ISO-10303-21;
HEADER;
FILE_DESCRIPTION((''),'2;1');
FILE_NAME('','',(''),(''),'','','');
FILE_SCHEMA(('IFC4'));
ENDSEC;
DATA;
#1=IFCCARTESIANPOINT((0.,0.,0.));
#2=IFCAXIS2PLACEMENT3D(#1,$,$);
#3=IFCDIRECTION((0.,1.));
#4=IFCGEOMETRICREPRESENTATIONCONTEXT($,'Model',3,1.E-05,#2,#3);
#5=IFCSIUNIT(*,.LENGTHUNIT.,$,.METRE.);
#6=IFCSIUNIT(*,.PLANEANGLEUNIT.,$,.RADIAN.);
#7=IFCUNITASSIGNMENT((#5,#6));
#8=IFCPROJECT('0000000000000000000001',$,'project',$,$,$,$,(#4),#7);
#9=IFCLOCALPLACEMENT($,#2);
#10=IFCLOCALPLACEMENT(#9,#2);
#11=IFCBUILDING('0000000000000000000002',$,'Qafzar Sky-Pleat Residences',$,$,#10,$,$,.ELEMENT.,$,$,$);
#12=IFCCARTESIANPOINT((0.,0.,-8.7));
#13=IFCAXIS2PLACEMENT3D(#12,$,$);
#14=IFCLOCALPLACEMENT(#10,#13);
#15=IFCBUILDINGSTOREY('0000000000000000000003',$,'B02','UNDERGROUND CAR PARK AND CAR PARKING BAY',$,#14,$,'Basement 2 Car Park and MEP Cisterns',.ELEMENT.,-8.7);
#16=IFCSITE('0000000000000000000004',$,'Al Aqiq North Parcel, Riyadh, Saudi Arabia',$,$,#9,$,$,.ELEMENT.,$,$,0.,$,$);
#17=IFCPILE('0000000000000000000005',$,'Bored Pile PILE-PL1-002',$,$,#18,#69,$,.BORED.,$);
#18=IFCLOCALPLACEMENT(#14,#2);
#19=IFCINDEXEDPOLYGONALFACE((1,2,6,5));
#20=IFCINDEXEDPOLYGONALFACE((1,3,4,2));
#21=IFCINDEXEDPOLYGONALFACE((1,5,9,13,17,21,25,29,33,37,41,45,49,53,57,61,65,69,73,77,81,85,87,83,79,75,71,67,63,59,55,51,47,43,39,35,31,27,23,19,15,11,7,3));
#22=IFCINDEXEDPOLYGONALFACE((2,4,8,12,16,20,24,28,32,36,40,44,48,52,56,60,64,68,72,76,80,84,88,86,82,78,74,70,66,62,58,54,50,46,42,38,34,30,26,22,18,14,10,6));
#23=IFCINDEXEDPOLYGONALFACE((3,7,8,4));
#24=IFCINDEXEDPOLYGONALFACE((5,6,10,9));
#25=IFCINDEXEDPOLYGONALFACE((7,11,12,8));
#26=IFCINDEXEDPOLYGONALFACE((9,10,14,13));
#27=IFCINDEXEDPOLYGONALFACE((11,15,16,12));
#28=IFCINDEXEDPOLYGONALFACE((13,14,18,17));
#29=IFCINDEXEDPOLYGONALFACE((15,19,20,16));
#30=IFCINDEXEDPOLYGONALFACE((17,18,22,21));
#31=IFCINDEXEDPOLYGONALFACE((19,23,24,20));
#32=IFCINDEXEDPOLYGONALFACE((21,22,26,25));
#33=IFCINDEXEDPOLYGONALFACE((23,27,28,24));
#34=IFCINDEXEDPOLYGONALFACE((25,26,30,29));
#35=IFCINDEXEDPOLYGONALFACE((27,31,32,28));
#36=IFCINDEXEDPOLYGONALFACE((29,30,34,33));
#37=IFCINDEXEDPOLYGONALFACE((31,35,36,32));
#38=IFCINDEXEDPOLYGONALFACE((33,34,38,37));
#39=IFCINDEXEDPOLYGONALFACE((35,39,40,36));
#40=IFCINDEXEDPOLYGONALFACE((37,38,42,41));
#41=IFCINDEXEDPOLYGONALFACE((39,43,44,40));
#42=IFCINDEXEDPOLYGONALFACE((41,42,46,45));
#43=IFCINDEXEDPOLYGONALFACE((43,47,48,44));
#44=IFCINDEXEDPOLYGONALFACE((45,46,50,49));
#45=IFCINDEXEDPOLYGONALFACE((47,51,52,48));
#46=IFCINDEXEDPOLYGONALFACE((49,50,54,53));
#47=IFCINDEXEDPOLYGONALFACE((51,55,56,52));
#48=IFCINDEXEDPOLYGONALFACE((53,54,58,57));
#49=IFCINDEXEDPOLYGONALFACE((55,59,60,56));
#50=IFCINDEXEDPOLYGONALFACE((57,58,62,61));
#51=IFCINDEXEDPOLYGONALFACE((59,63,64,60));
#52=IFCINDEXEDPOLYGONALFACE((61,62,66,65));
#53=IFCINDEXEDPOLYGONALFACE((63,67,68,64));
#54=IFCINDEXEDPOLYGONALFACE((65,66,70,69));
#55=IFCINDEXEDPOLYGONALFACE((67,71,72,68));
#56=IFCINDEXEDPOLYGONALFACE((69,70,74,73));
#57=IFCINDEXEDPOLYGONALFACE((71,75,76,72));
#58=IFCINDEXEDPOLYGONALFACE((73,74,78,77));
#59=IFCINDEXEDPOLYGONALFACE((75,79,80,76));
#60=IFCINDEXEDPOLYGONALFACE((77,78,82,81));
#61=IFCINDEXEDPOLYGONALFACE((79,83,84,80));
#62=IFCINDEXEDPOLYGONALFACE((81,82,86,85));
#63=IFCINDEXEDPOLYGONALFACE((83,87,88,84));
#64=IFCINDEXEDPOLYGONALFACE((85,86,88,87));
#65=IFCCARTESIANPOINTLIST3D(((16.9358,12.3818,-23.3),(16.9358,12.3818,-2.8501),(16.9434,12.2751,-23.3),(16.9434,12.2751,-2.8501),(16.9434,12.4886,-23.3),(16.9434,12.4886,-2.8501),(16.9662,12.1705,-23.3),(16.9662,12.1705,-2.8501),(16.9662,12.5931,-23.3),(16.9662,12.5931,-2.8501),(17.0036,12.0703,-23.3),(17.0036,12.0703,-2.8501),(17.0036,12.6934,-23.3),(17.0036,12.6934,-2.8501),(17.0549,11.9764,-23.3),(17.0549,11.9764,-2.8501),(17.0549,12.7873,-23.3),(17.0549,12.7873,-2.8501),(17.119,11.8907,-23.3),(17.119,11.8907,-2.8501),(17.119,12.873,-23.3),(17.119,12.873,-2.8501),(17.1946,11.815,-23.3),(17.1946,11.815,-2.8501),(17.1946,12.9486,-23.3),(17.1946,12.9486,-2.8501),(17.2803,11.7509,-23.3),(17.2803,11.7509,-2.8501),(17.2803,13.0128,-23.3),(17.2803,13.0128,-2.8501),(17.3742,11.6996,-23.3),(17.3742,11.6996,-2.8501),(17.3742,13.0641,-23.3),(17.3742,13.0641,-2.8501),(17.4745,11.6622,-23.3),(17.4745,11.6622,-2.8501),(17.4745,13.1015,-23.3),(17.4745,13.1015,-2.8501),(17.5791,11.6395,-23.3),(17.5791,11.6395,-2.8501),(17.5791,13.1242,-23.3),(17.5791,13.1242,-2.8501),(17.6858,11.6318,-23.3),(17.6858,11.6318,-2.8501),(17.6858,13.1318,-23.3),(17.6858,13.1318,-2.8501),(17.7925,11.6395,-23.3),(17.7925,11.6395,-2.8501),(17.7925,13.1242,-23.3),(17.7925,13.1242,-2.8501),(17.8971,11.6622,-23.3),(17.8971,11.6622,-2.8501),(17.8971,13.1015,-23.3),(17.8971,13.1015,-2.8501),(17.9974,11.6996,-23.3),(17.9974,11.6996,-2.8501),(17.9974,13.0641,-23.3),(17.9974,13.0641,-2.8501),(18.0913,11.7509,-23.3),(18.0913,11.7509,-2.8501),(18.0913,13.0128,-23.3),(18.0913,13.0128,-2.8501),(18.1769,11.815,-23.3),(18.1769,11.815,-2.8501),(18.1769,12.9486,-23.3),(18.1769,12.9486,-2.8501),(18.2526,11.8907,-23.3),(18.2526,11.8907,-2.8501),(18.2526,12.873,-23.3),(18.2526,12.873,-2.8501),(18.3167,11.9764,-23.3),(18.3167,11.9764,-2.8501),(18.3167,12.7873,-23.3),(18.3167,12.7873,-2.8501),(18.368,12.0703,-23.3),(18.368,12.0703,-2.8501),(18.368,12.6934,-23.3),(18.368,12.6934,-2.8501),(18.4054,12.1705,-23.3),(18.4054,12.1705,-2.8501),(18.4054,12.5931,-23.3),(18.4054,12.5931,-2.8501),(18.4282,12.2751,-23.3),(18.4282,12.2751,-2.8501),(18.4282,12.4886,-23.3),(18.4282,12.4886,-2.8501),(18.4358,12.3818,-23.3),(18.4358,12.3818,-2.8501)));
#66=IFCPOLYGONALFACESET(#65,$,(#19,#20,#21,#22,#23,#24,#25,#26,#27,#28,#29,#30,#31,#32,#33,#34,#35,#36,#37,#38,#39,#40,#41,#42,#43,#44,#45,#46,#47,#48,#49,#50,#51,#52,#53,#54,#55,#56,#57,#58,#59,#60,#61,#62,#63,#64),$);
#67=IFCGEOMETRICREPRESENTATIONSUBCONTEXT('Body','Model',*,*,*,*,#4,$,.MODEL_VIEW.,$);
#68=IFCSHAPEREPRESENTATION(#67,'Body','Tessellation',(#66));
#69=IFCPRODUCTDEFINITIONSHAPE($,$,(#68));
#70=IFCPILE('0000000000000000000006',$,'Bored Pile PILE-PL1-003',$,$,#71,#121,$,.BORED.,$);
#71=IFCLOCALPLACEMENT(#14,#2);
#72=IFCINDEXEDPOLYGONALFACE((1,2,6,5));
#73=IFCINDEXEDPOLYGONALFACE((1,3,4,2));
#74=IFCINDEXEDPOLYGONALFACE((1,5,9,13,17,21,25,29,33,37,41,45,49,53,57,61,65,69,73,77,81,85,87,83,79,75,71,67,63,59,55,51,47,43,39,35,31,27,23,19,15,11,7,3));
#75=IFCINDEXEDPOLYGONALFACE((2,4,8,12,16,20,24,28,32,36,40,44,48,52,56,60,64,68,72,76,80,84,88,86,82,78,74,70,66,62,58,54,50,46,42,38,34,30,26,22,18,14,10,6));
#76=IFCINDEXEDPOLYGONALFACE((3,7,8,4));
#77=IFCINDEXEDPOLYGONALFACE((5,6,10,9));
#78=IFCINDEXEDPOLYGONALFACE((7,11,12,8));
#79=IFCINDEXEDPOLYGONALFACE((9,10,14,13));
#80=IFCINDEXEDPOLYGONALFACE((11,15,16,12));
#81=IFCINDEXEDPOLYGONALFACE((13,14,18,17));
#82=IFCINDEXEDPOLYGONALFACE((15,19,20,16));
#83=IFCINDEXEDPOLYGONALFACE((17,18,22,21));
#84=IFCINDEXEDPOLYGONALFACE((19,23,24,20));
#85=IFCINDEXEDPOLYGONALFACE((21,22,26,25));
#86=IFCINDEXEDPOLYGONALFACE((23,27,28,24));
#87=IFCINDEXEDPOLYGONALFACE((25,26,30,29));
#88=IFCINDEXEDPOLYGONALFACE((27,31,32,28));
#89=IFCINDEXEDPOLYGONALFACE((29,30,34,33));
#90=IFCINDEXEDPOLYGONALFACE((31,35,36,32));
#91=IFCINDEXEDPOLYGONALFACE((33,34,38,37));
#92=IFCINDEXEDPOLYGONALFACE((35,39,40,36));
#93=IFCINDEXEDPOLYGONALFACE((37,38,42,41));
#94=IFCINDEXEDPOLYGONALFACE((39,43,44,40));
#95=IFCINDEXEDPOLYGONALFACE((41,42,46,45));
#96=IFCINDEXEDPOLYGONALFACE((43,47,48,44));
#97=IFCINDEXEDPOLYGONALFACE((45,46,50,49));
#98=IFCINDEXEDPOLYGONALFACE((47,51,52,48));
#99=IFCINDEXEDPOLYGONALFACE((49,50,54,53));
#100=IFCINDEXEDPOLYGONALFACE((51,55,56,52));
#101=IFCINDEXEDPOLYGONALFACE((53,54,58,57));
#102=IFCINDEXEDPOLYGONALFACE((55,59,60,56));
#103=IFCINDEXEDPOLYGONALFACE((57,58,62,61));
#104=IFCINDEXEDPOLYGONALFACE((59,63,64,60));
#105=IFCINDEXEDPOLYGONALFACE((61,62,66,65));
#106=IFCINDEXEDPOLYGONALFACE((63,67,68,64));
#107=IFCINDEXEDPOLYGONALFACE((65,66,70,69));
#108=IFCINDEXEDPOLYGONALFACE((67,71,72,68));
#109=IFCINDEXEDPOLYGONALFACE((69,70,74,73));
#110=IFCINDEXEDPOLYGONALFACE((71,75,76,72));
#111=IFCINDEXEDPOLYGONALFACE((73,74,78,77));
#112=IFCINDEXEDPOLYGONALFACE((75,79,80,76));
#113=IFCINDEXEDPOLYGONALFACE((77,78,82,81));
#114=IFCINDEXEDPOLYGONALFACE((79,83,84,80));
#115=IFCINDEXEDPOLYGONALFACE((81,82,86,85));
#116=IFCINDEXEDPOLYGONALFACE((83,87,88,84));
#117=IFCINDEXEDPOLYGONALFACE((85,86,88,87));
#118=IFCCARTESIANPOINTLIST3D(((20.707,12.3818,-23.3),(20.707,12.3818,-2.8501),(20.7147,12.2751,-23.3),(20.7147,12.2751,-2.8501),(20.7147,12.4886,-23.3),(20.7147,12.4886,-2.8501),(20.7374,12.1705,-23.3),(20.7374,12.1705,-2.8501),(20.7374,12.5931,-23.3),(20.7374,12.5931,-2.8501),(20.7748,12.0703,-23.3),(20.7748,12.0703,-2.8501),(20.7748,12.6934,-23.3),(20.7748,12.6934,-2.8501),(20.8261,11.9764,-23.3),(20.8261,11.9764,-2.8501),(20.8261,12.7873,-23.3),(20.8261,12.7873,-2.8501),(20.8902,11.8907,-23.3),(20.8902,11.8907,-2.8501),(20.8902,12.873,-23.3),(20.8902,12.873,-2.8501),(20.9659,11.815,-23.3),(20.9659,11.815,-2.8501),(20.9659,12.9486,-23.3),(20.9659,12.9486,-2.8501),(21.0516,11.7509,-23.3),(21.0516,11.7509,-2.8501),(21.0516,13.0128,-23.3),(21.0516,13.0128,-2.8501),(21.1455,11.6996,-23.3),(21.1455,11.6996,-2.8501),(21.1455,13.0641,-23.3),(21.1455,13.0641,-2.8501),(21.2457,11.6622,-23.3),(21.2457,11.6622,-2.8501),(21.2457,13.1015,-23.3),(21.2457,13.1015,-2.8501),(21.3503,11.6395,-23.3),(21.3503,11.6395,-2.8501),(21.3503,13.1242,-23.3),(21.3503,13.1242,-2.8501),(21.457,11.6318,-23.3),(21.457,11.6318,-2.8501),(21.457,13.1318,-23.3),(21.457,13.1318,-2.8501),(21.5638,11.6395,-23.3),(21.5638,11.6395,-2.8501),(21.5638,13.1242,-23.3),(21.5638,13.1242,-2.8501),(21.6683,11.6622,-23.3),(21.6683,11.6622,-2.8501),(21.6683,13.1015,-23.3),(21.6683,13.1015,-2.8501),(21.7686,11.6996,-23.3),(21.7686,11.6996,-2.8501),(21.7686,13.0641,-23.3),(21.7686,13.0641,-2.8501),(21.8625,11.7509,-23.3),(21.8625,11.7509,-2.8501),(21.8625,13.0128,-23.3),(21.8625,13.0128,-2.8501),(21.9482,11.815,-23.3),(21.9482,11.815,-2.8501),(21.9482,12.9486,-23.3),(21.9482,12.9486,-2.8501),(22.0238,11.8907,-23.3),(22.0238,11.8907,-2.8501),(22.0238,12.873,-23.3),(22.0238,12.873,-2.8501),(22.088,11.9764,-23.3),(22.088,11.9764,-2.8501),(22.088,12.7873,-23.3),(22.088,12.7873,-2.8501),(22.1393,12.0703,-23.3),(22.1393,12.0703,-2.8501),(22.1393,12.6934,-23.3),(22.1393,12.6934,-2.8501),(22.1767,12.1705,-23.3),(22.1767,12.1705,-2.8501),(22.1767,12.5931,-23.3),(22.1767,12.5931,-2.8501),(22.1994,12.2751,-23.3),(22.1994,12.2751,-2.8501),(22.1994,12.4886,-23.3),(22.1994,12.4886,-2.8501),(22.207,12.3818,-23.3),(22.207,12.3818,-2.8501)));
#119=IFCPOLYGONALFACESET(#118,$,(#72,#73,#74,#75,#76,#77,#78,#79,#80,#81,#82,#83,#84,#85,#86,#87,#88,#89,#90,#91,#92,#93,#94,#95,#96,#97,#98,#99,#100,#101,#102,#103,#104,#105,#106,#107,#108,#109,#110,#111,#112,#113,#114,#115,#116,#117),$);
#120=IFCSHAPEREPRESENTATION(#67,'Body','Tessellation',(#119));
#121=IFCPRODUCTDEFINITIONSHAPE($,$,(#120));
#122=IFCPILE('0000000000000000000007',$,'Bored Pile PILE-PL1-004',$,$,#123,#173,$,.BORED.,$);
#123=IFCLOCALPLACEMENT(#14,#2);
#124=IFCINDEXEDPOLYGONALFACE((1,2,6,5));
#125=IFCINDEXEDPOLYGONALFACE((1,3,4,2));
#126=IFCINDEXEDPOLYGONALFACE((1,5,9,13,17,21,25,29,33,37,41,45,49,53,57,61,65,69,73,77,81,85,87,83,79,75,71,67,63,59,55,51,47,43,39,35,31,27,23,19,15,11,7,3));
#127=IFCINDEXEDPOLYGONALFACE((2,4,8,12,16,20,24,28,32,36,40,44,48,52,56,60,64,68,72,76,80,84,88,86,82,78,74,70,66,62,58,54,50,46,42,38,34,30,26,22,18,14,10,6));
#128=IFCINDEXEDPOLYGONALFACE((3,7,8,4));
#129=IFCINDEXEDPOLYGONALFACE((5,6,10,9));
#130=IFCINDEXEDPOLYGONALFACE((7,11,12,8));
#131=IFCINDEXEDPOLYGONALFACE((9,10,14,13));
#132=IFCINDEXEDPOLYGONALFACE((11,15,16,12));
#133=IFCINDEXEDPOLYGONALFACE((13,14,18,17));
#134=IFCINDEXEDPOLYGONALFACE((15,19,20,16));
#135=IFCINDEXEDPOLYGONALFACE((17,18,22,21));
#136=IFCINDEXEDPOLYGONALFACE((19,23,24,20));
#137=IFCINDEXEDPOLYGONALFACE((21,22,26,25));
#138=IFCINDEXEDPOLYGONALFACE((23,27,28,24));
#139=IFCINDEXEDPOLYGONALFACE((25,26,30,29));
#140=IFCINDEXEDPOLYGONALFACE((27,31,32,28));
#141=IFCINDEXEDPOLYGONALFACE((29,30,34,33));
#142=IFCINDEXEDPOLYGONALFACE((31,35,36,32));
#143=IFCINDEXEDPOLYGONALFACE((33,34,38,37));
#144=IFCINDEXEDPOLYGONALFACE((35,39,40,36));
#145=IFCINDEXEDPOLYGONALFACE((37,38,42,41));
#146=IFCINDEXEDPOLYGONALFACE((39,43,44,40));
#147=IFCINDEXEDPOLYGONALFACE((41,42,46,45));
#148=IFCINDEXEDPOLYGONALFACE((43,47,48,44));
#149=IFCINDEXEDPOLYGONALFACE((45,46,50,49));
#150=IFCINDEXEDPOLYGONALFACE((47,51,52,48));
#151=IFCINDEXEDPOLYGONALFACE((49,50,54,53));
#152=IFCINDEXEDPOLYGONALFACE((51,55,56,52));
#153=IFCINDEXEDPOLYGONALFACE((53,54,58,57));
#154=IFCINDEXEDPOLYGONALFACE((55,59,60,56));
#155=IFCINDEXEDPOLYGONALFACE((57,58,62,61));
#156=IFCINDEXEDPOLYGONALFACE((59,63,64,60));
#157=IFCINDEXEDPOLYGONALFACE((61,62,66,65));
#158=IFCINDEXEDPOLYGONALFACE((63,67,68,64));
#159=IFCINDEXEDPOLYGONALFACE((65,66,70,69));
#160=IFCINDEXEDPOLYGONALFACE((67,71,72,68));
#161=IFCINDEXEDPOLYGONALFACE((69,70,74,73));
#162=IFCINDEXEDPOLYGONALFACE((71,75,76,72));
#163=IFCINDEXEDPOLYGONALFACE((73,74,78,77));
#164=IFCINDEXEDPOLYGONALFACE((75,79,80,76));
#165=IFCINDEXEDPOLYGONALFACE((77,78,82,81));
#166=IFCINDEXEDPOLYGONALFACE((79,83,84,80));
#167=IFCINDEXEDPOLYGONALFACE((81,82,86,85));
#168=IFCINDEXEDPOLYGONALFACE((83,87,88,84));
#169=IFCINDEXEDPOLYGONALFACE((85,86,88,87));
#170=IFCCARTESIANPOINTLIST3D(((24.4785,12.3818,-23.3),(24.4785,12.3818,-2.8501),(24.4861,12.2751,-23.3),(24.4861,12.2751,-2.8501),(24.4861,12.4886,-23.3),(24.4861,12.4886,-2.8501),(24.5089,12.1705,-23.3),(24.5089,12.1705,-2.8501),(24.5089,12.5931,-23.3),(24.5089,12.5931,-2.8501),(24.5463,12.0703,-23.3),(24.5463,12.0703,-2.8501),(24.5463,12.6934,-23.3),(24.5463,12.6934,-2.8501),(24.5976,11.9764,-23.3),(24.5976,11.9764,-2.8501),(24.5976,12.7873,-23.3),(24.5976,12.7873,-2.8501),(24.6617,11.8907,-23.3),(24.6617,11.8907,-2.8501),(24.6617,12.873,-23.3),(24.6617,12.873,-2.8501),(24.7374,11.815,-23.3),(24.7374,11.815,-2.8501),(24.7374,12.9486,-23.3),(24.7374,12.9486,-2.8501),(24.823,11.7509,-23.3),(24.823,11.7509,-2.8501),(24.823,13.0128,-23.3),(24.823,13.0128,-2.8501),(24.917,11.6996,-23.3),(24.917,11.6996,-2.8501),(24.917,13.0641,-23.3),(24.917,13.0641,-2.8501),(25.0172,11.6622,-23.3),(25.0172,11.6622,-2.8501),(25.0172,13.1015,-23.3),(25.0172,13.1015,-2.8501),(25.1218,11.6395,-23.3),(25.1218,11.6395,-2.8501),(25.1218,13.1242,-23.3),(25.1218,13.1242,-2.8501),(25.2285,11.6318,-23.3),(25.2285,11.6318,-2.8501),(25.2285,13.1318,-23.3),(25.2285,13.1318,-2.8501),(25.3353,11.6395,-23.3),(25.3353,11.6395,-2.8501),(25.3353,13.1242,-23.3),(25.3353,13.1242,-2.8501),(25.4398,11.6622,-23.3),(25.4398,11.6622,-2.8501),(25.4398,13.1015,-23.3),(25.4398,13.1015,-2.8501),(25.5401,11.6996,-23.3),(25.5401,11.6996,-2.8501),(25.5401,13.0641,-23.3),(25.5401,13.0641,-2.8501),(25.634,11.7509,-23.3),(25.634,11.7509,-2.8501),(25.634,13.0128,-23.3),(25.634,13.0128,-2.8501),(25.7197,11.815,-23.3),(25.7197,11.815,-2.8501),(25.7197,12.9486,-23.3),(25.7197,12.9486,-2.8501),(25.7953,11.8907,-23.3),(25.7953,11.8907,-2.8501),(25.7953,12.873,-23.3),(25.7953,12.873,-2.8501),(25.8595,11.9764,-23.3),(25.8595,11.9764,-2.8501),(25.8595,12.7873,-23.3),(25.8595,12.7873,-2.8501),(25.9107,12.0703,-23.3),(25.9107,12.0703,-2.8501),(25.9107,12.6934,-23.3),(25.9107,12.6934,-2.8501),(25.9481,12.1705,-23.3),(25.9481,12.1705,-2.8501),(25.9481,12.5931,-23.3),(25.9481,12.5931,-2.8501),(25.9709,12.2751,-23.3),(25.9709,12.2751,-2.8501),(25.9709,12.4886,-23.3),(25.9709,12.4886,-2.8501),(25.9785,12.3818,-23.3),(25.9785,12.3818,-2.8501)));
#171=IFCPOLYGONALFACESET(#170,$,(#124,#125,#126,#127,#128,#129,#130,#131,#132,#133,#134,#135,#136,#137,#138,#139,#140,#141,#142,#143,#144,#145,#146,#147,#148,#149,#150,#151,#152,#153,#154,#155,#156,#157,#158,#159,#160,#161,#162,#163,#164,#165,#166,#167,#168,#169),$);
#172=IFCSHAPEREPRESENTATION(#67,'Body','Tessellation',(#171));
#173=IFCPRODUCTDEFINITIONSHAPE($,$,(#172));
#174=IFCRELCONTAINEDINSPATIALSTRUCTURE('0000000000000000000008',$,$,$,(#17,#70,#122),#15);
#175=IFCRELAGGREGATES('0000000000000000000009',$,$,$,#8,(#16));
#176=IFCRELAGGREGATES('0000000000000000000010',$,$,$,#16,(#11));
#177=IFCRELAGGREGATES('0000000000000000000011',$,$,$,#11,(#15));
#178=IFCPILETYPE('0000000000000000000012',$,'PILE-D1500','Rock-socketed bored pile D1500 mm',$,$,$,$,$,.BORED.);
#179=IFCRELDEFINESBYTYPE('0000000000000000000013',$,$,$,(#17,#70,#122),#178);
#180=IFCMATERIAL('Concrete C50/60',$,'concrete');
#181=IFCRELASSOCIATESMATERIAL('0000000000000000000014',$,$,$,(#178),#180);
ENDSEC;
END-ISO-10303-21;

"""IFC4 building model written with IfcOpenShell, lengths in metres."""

from ifc_helpers import new_model, si_unit, direction, frame, origin, origin_2d, place, context, subcontext, project, spatial, circle, extrude, source, transform, mapped, material, material_profile, profile_set, type_object, element, save


model = new_model("IFC4")

# Units and contexts
model_context = context("Model", 3, precision=1e-05, world=origin(), true_north=direction((0.0, 1.0)))
body_context = subcontext(model_context, "Body", "Model", "MODEL_VIEW")
ifc_project = project(units=[si_unit("LENGTHUNIT", "METRE"), si_unit("PLANEANGLEUNIT", "RADIAN")], contexts=[model_context])

# Site, building, storey
site_placement = place(None, origin())
site = spatial("IfcSite", under=ifc_project, at=site_placement, Name="Al Aqiq North Parcel, Riyadh, Saudi Arabia", CompositionType="ELEMENT", RefElevation=0.0)
building_placement = place(site_placement, origin())
building = spatial("IfcBuilding", under=site, at=building_placement, Name="Qafzar Sky-Pleat Residences", CompositionType="ELEMENT")
storey_placement = place(building_placement, frame((0.0, 0.0, -8.7)))
storey = spatial("IfcBuildingStorey", under=building, at=storey_placement, Name="B02", Description="UNDERGROUND CAR PARK AND CAR PARKING BAY", LongName="Basement 2 Car Park and MEP Cisterns", CompositionType="ELEMENT", Elevation=-8.7)

# Piles
ifc_material_1 = material(Name="Concrete C50/60", Category="concrete")
ifc_material_profile_1 = material_profile(ifc_material_1, circle(Radius=0.75, at=origin_2d()), Name="PILE D1500")
ifc_profile_set_1 = profile_set([ifc_material_profile_1], Name="Concrete C50/60")
pile_type_1 = type_object("IfcPileType", Name="PILE-D1500", Description="Rock-socketed bored pile D1500 mm", PredefinedType="BORED", material=ifc_profile_set_1)
shared_shape_1 = source(origin(), body_context, "Body", "SweptSolid", [
    extrude(circle(Radius=0.75, at=origin_2d()), origin(), (0.0, 0.0, 1.0), 20.45),
])
for number, where, z_axis, x_axis, name in (
    (1, (17.6858, 12.3818, -2.8501), (0.0, 0.0, -1.0), (1.0, 0.0, 0.0), "Bored Pile PILE-PL1-002"),
    (2, (21.457, 12.3818, -2.8501), (0.0, 0.0, -1.0), (1.0, 0.0, 0.0), "Bored Pile PILE-PL1-003"),
    (3, (25.2285, 12.3818, -2.8501), (0.0, 0.0, -1.0), (1.0, 0.0, 0.0), "Bored Pile PILE-PL1-004"),
):
    element("IfcPile", number, at=place(storey_placement, frame(where, z_axis=z_axis, x_axis=x_axis)), inside=storey, type_object=pile_type_1, Name=name, PredefinedType="BORED", context=body_context, shape_type="MappedRepresentation", body=[
        mapped(shared_shape_1, transform((0.0, 0.0, 0.0), x_axis=(1.0, 0.0, 0.0), y_axis=(0.0, 1.0, 0.0), z_axis=(0.0, 0.0, 1.0), scale=1.0)),
    ])

save(model, "model.ifc")
